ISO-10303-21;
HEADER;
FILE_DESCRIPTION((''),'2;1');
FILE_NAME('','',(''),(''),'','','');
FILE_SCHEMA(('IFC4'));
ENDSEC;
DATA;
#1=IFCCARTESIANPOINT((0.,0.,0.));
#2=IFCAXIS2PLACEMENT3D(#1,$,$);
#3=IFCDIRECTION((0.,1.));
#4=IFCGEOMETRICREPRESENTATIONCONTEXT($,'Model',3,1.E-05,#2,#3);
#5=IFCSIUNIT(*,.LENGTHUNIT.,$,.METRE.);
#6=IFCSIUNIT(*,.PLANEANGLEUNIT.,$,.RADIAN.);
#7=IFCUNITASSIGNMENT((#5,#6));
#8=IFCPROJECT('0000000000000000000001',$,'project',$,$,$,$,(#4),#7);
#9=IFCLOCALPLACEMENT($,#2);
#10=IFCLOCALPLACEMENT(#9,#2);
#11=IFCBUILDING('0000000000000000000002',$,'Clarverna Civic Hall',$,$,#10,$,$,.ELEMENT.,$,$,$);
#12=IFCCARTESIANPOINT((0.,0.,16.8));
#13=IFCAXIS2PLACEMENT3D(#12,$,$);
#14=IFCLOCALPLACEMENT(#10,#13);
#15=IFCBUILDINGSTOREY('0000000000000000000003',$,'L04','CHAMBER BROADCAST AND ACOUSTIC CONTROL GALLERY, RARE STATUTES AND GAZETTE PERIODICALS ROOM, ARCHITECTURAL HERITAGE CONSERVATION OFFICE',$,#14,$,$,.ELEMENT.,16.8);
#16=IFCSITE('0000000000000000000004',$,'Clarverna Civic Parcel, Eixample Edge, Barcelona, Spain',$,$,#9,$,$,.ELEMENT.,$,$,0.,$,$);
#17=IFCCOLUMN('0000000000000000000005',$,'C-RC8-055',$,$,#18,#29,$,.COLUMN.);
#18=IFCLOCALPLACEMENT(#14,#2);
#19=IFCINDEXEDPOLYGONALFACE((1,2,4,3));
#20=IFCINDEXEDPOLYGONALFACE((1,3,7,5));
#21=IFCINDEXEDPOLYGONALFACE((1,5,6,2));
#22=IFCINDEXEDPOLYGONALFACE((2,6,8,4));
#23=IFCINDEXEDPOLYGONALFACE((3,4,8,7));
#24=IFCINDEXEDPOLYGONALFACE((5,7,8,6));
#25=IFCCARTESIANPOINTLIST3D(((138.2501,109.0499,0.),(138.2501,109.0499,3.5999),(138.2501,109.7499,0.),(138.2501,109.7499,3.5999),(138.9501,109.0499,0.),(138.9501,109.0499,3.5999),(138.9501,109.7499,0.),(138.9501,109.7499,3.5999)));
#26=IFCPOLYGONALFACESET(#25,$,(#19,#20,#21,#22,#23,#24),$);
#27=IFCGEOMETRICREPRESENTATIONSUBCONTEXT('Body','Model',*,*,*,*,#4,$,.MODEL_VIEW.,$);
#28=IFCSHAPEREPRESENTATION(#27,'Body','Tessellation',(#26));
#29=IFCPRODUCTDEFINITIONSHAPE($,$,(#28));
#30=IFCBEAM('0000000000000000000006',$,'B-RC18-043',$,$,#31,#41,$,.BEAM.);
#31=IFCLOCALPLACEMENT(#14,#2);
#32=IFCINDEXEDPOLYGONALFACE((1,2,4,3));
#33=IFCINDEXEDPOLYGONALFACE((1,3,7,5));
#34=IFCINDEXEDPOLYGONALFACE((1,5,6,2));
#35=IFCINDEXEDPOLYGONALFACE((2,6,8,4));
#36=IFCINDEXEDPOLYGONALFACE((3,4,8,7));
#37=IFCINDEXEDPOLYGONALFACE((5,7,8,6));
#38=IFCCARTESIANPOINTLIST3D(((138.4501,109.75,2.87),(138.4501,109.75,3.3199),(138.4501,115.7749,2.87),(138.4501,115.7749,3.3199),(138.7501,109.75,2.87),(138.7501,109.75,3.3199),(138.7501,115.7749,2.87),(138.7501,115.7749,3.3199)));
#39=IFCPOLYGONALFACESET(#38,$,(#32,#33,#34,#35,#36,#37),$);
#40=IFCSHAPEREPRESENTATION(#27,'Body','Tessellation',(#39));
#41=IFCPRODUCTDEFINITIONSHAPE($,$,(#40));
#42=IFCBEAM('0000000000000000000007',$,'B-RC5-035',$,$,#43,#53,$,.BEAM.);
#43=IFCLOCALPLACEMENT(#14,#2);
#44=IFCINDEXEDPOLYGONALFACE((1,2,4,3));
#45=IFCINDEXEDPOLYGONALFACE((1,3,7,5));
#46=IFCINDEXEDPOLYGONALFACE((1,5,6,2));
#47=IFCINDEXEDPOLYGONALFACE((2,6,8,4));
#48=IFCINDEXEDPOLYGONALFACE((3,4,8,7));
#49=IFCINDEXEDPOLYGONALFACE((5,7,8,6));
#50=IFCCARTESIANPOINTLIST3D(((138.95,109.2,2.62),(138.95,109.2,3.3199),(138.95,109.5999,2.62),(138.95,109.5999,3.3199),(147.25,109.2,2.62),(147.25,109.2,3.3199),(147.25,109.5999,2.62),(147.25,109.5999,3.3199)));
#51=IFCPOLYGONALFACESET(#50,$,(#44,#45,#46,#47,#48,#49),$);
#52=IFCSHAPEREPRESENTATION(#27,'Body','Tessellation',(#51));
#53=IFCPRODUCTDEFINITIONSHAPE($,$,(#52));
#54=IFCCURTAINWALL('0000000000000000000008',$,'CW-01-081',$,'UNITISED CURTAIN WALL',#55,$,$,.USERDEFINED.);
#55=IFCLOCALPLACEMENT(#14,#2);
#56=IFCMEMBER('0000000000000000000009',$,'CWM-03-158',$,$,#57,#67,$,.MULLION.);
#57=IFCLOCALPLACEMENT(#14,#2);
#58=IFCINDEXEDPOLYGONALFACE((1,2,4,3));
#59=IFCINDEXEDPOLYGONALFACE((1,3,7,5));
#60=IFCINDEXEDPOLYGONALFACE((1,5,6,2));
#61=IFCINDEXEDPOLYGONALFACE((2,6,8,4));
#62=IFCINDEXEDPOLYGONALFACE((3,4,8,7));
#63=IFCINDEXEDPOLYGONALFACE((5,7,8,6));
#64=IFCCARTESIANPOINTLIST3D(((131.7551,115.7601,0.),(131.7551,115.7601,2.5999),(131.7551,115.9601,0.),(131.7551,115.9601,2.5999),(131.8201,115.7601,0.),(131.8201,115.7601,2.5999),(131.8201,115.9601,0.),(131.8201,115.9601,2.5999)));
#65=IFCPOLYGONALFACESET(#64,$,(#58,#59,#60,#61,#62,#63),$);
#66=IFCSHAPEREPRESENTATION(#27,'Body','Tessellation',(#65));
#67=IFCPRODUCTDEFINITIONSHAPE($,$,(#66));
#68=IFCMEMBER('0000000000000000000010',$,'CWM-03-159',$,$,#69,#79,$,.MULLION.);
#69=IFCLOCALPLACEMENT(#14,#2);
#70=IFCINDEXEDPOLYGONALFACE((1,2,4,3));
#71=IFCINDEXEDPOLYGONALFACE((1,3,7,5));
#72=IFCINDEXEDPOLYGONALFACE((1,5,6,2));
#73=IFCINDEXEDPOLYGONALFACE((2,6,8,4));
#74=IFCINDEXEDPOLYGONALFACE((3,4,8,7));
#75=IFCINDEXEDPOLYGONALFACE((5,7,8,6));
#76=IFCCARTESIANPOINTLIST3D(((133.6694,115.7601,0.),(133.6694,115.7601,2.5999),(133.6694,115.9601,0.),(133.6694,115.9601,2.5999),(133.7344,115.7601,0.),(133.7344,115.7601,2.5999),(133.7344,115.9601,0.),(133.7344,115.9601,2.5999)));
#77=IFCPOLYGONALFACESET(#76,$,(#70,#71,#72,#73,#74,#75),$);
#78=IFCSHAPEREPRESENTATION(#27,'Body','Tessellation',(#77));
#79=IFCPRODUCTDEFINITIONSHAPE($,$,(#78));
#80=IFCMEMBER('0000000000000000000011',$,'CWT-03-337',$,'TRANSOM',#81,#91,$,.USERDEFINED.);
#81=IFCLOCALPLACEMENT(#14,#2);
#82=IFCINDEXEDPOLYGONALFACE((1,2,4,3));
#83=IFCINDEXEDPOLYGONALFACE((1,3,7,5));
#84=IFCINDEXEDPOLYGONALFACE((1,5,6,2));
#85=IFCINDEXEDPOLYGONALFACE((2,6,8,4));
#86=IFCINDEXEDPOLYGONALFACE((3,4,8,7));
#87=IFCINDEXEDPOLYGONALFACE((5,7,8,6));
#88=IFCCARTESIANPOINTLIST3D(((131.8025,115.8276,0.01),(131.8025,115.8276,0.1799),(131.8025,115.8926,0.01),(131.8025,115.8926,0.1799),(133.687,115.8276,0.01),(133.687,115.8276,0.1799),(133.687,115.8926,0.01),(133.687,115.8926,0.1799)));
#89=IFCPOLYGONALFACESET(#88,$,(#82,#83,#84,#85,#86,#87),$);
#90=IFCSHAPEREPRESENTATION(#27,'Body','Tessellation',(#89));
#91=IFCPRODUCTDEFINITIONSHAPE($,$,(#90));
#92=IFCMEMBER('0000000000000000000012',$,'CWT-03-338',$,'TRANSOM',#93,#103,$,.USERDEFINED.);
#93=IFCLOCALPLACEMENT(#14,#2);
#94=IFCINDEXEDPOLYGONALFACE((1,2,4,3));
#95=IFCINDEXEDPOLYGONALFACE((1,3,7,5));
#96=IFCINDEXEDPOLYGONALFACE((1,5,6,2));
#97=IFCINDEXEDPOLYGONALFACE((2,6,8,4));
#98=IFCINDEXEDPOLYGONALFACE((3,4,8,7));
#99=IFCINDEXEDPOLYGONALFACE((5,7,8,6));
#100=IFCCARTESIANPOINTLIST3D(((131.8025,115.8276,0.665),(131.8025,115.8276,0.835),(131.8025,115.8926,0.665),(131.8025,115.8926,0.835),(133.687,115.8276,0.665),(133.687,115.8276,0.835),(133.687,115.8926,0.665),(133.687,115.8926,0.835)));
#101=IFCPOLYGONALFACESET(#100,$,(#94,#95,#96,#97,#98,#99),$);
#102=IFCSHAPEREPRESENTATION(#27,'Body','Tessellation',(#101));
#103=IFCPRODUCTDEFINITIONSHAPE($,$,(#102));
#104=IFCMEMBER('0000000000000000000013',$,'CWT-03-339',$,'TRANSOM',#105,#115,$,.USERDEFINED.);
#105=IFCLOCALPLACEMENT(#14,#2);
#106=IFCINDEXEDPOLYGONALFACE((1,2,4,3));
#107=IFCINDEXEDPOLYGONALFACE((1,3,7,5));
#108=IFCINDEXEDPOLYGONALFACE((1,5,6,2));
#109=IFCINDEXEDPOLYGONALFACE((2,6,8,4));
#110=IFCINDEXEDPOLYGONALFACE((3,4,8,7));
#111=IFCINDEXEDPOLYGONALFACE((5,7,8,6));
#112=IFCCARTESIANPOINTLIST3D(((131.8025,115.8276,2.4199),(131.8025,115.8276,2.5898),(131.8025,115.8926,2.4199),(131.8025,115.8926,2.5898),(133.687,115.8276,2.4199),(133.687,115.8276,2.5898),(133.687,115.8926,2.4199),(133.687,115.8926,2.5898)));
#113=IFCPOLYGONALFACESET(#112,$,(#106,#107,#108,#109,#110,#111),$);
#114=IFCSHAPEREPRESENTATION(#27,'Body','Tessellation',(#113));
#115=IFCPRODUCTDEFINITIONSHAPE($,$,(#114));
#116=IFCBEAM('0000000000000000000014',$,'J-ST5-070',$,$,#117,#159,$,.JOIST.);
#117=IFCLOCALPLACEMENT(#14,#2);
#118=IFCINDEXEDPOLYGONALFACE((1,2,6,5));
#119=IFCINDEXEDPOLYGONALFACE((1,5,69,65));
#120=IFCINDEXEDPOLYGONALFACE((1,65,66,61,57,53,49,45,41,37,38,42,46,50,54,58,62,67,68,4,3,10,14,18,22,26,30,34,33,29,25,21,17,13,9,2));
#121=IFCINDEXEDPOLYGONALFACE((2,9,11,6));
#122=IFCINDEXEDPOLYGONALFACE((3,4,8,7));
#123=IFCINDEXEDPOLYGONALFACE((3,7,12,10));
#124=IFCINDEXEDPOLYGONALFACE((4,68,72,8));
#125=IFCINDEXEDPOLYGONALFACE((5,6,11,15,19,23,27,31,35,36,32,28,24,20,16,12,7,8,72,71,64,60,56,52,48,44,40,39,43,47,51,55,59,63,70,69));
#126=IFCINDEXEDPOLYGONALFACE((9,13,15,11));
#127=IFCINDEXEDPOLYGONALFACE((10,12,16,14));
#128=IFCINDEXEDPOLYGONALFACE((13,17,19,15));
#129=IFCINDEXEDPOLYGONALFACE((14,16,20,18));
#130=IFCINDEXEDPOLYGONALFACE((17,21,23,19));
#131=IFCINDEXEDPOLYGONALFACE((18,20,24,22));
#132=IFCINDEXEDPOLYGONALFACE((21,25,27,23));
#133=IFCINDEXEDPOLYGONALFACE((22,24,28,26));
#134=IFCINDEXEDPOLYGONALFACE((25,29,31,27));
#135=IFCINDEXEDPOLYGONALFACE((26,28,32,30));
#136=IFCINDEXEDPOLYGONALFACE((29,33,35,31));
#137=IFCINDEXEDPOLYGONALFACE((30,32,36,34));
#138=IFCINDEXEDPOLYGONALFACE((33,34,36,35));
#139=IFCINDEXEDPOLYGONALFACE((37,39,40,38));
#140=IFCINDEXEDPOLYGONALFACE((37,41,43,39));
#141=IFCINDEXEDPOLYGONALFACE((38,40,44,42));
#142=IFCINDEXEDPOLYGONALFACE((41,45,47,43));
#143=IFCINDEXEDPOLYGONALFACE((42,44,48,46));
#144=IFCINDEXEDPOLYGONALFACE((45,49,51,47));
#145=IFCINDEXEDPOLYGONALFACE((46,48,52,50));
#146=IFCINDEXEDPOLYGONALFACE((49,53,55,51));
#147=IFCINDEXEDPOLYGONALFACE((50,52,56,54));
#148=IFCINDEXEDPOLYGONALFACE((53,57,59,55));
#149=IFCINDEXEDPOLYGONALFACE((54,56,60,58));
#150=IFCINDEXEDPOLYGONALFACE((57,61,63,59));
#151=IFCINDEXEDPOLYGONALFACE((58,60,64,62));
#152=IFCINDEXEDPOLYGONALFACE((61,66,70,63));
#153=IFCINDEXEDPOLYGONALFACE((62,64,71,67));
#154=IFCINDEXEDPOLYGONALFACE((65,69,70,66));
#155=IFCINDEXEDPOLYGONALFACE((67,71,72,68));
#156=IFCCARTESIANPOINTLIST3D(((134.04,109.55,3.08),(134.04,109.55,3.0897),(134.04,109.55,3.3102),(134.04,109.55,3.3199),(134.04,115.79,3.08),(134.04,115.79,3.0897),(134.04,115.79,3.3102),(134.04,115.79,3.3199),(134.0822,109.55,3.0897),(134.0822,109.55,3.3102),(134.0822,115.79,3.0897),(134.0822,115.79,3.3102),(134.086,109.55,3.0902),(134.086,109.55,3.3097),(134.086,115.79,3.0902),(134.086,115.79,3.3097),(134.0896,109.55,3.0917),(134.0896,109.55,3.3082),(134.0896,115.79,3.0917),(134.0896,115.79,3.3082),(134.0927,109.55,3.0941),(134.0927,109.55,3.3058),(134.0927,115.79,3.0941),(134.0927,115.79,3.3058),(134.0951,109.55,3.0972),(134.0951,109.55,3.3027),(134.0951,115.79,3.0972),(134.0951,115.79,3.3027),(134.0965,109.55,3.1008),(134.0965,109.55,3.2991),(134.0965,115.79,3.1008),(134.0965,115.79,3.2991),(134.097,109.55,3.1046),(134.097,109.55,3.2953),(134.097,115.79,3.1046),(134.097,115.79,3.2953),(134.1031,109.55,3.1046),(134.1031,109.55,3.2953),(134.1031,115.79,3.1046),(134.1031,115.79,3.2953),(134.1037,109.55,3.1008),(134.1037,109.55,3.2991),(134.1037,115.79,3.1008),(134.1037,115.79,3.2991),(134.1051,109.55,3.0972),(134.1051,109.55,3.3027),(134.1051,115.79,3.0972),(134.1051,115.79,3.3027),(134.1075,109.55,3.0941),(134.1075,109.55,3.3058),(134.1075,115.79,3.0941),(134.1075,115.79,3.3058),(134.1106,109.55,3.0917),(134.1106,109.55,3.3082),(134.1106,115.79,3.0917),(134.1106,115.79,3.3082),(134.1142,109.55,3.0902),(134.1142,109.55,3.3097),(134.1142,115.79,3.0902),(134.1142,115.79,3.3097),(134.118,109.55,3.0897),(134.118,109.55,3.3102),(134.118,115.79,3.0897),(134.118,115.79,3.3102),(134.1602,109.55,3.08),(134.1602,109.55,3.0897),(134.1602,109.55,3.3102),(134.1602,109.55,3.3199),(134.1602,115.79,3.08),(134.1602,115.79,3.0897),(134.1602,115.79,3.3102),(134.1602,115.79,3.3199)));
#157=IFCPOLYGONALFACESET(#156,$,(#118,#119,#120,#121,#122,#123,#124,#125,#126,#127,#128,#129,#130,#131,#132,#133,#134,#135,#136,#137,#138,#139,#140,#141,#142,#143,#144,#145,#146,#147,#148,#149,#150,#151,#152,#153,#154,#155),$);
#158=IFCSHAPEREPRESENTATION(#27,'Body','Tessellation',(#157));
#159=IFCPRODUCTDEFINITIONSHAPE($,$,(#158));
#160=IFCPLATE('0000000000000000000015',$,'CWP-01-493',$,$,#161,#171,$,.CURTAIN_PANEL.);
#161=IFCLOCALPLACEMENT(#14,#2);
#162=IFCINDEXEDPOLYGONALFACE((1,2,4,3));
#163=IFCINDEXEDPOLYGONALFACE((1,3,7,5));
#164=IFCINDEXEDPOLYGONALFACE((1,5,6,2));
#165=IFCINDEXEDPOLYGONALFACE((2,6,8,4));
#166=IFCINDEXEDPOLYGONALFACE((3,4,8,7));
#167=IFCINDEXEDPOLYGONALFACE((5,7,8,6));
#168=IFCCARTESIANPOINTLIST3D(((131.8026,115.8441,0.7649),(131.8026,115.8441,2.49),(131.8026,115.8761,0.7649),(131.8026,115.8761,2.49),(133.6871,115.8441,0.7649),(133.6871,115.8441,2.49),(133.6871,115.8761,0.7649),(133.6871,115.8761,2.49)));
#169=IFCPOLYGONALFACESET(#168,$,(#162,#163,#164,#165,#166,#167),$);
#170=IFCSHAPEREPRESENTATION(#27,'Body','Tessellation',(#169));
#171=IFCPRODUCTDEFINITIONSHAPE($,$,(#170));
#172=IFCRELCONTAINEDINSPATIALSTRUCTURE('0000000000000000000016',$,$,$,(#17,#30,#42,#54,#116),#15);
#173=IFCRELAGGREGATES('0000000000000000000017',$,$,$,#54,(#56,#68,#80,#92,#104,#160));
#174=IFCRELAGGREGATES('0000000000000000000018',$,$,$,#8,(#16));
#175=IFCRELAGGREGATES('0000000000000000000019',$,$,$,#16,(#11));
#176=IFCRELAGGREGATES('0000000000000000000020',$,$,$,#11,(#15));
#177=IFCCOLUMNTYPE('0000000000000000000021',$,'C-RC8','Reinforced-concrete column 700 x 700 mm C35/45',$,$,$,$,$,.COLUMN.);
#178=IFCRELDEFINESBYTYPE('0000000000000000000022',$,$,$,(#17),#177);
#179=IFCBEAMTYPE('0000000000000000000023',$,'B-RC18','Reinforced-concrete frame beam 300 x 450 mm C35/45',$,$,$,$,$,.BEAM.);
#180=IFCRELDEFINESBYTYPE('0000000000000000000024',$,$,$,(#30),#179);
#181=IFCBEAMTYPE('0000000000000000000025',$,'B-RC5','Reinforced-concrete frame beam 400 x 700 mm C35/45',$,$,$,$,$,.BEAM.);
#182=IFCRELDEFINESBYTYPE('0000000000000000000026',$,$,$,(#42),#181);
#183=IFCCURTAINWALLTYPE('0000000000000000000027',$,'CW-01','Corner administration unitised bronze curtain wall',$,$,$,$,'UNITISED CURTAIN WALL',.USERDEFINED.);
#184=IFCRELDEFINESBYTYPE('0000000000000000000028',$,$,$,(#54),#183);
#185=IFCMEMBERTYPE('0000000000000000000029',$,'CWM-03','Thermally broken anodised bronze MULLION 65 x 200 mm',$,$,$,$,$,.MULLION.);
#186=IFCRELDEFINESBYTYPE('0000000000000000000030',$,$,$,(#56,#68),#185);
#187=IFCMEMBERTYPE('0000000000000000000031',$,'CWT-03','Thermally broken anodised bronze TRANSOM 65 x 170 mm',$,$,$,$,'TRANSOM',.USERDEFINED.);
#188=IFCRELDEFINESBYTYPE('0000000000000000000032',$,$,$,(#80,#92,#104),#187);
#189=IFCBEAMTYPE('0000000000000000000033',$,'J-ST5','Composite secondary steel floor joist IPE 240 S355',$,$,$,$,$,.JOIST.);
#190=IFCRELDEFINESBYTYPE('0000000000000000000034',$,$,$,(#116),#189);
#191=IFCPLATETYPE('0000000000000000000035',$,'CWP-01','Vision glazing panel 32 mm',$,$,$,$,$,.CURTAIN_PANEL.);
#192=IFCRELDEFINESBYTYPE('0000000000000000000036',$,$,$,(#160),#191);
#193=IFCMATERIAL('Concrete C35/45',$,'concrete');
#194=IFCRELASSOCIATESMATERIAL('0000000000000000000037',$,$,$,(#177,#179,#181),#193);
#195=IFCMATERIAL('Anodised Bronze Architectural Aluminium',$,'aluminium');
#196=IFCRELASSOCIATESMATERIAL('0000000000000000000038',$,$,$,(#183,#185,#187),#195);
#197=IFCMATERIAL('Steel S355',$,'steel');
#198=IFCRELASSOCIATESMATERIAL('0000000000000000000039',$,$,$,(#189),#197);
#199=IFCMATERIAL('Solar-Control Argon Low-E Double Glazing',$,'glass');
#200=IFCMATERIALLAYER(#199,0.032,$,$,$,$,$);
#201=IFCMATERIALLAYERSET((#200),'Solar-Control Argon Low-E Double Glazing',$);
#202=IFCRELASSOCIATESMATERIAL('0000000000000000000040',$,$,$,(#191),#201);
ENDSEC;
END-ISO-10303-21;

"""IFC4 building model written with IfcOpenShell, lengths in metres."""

from ifc_helpers import new_model, si_unit, direction, frame, frame_2d, origin, origin_2d, place, context, subcontext, project, spatial, rectangle, i_section, extrude, material, layer, layer_set, material_profile, profile_set, type_object, element, aggregate, save


model = new_model("IFC4")

# Units and contexts
model_context = context("Model", 3, precision=1e-05, world=origin(), true_north=direction((0.0, 1.0)))
body_context = subcontext(model_context, "Body", "Model", "MODEL_VIEW")
ifc_project = project(units=[si_unit("LENGTHUNIT", "METRE"), si_unit("PLANEANGLEUNIT", "RADIAN")], contexts=[model_context])

# Site, building, storey
site_placement = place(None, origin())
site = spatial("IfcSite", under=ifc_project, at=site_placement, Name="Clarverna Civic Parcel, Eixample Edge, Barcelona, Spain", CompositionType="ELEMENT", RefElevation=0.0)
building_placement = place(site_placement, origin())
building = spatial("IfcBuilding", under=site, at=building_placement, Name="Clarverna Civic Hall", CompositionType="ELEMENT")
storey_placement = place(building_placement, frame((0.0, 0.0, 16.8)))
storey = spatial("IfcBuildingStorey", under=building, at=storey_placement, Name="L04", Description="CHAMBER BROADCAST AND ACOUSTIC CONTROL GALLERY, RARE STATUTES AND GAZETTE PERIODICALS ROOM, ARCHITECTURAL HERITAGE CONSERVATION OFFICE", CompositionType="ELEMENT", Elevation=16.8)

# Column
ifc_material_1 = material(Name="Concrete C35/45", Category="concrete")
ifc_material_profile_1 = material_profile(ifc_material_1, rectangle(XDim=0.7, YDim=0.7, at=origin_2d()), Name="RC 700x700")
ifc_profile_set_1 = profile_set([ifc_material_profile_1], Name="Concrete C35/45")
column_type = type_object("IfcColumnType", Name="C-RC8", Description="Reinforced-concrete column 700 x 700 mm C35/45", PredefinedType="COLUMN", material=ifc_profile_set_1)
column_placement = place(storey_placement, frame((138.6001, 109.3999, 0.0), z_axis=(0.0, 0.0, 1.0), x_axis=(1.0, 0.0, 0.0)))
element("IfcColumn", 1, at=column_placement, inside=storey, type_object=column_type, Name="C-RC8-055", PredefinedType="COLUMN", context=body_context, shape_type="SweptSolid", body=[
    extrude(rectangle(XDim=0.7, YDim=0.7, at=origin_2d()), origin(), (0.0, 0.0, 1.0), 3.5999),
])

# Beams
ifc_material_profile_2 = material_profile(ifc_material_1, rectangle(XDim=0.3, YDim=0.45, at=origin_2d()), Name="RC 300x450")
ifc_profile_set_2 = profile_set([ifc_material_profile_2], Name="Concrete C35/45")
beam_type_1 = type_object("IfcBeamType", Name="B-RC18", Description="Reinforced-concrete frame beam 300 x 450 mm C35/45", PredefinedType="BEAM", material=ifc_profile_set_2)
beam_1_placement = place(storey_placement, frame((138.6001, 109.75, 3.095), z_axis=(0.0, 1.0, 0.0), x_axis=(-1.0, 0.0, 0.0)))
element("IfcBeam", 2, at=beam_1_placement, inside=storey, type_object=beam_type_1, Name="B-RC18-043", PredefinedType="BEAM", context=body_context, shape_type="SweptSolid", body=[
    extrude(rectangle(XDim=0.3, YDim=0.45, at=origin_2d()), origin(), (0.0, 0.0, 1.0), 6.0249),
])
ifc_material_profile_3 = material_profile(ifc_material_1, rectangle(XDim=0.3999, YDim=0.7, at=origin_2d()), Name="RC 400x700")
ifc_profile_set_3 = profile_set([ifc_material_profile_3], Name="Concrete C35/45")
beam_type_2 = type_object("IfcBeamType", Name="B-RC5", Description="Reinforced-concrete frame beam 400 x 700 mm C35/45", PredefinedType="BEAM", material=ifc_profile_set_3)
beam_2_placement = place(storey_placement, frame((138.95, 109.3999, 2.97), z_axis=(1.0, 0.0, 0.0), x_axis=(0.0, 1.0, 0.0)))
element("IfcBeam", 3, at=beam_2_placement, inside=storey, type_object=beam_type_2, Name="B-RC5-035", PredefinedType="BEAM", context=body_context, shape_type="SweptSolid", body=[
    extrude(rectangle(XDim=0.3999, YDim=0.7, at=origin_2d()), origin(), (0.0, 0.0, 1.0), 8.3),
])

# Curtain wall, members
ifc_material_2 = material(Name="Anodised Bronze Architectural Aluminium", Category="aluminium")
curtain_wall_type = type_object("IfcCurtainWallType", Name="CW-01", Description="Corner administration unitised bronze curtain wall", ElementType="UNITISED CURTAIN WALL", PredefinedType="USERDEFINED", material=ifc_material_2)
curtain_wall_placement = place(storey_placement, origin())
curtain_wall = element("IfcCurtainWall", 4, at=curtain_wall_placement, inside=storey, type_object=curtain_wall_type, Name="CW-01-081", ObjectType="UNITISED CURTAIN WALL", PredefinedType="USERDEFINED")
ifc_material_profile_4 = material_profile(ifc_material_2, rectangle(XDim=0.0649, YDim=0.2, at=origin_2d()), Name="BRONZE 65x200")
ifc_profile_set_4 = profile_set([ifc_material_profile_4], Name="Anodised Bronze Architectural Aluminium")
member_type_1 = type_object("IfcMemberType", Name="CWM-03", Description="Thermally broken anodised bronze MULLION 65 x 200 mm", PredefinedType="MULLION", material=ifc_profile_set_4)
member_1_placement = place(storey_placement, frame((131.7876, 115.8601, 0.0), z_axis=(0.0, 0.0, 1.0), x_axis=(1.0, 0.0, 0.0)))
member_1 = element("IfcMember", 5, at=member_1_placement, type_object=member_type_1, Name="CWM-03-158", PredefinedType="MULLION", context=body_context, shape_type="SweptSolid", body=[
    extrude(rectangle(XDim=0.0649, YDim=0.2, at=origin_2d()), origin(), (0.0, 0.0, 1.0), 2.5999),
])
member_2_placement = place(storey_placement, frame((133.7019, 115.8601, 0.0), z_axis=(0.0, 0.0, 1.0), x_axis=(1.0, 0.0, 0.0)))
member_2 = element("IfcMember", 6, at=member_2_placement, type_object=member_type_1, Name="CWM-03-159", PredefinedType="MULLION", context=body_context, shape_type="SweptSolid", body=[
    extrude(rectangle(XDim=0.0649, YDim=0.2, at=origin_2d()), origin(), (0.0, 0.0, 1.0), 2.5999),
])
ifc_material_profile_5 = material_profile(ifc_material_2, rectangle(XDim=0.0649, YDim=0.1699, at=origin_2d()), Name="BRONZE 65x170")
ifc_profile_set_5 = profile_set([ifc_material_profile_5], Name="Anodised Bronze Architectural Aluminium")
member_type_2 = type_object("IfcMemberType", Name="CWT-03", Description="Thermally broken anodised bronze TRANSOM 65 x 170 mm", ElementType="TRANSOM", PredefinedType="USERDEFINED", material=ifc_profile_set_5)
member_3_placement = place(storey_placement, frame((131.8025, 115.8601, 0.095), z_axis=(1.0, 0.0, 0.0), x_axis=(0.0, 1.0, 0.0)))
member_3 = element("IfcMember", 7, at=member_3_placement, type_object=member_type_2, Name="CWT-03-337", ObjectType="TRANSOM", PredefinedType="USERDEFINED", context=body_context, shape_type="SweptSolid", body=[
    extrude(rectangle(XDim=0.0649, YDim=0.1699, at=origin_2d()), origin(), (0.0, 0.0, 1.0), 1.8845),
])
member_4_placement = place(storey_placement, frame((131.8025, 115.8601, 0.75), z_axis=(1.0, 0.0, 0.0), x_axis=(0.0, 1.0, 0.0)))
member_4 = element("IfcMember", 8, at=member_4_placement, type_object=member_type_2, Name="CWT-03-338", ObjectType="TRANSOM", PredefinedType="USERDEFINED", context=body_context, shape_type="SweptSolid", body=[
    extrude(rectangle(XDim=0.0649, YDim=0.1699, at=origin_2d()), origin(), (0.0, 0.0, 1.0), 1.8845),
])
member_5_placement = place(storey_placement, frame((131.8025, 115.8601, 2.5049), z_axis=(1.0, 0.0, 0.0), x_axis=(0.0, 1.0, 0.0)))
member_5 = element("IfcMember", 9, at=member_5_placement, type_object=member_type_2, Name="CWT-03-339", ObjectType="TRANSOM", PredefinedType="USERDEFINED", context=body_context, shape_type="SweptSolid", body=[
    extrude(rectangle(XDim=0.0649, YDim=0.1699, at=origin_2d()), origin(), (0.0, 0.0, 1.0), 1.8845),
])

# Beam
ifc_material_3 = material(Name="Steel S355", Category="steel")
ifc_material_profile_6 = material_profile(ifc_material_3, i_section(OverallWidth=0.1201, OverallDepth=0.24, WebThickness=0.0061, FlangeThickness=0.0098, FilletRadius=0.0149, at=origin_2d()), Name="IPE 240")
ifc_profile_set_6 = profile_set([ifc_material_profile_6], Name="Steel S355")
beam_type_3 = type_object("IfcBeamType", Name="J-ST5", Description="Composite secondary steel floor joist IPE 240 S355", PredefinedType="JOIST", material=ifc_profile_set_6)
beam_3_placement = place(storey_placement, frame((134.1001, 109.55, 3.2), z_axis=(0.0, 1.0, 0.0), x_axis=(-1.0, 0.0, 0.0)))
element("IfcBeam", 10, at=beam_3_placement, inside=storey, type_object=beam_type_3, Name="J-ST5-070", PredefinedType="JOIST", context=body_context, shape_type="SweptSolid", body=[
    extrude(i_section(OverallWidth=0.1201, OverallDepth=0.24, WebThickness=0.0061, FlangeThickness=0.0098, FilletRadius=0.0149, at=origin_2d()), origin(), (0.0, 0.0, 1.0), 6.24),
])

# Plate
ifc_material_4 = material(Name="Solar-Control Argon Low-E Double Glazing", Category="glass")
ifc_layer_1 = layer(ifc_material_4, 0.032)
ifc_layer_set_1 = layer_set([ifc_layer_1], Name="Solar-Control Argon Low-E Double Glazing")
plate_type_1 = type_object("IfcPlateType", Name="CWP-01", Description="Vision glazing panel 32 mm", PredefinedType="CURTAIN_PANEL", material=ifc_layer_set_1)
plate_1_placement = place(storey_placement, frame((131.8025, 115.8601, 0.7649), z_axis=(0.0, 0.0, 1.0), x_axis=(1.0, 0.0, 0.0)))
plate_1 = element("IfcPlate", 11, at=plate_1_placement, type_object=plate_type_1, Name="CWP-01-493", PredefinedType="CURTAIN_PANEL", context=body_context, shape_type="SweptSolid", body=[
    extrude(rectangle(XDim=1.8845, YDim=0.032, at=frame_2d((0.9424, 0.0))), origin(), (0.0, 0.0, 1.0), 1.7251),
])
aggregate(curtain_wall, [member_1, member_2, member_3, member_4, member_5, plate_1])

save(model, "model.ifc")
